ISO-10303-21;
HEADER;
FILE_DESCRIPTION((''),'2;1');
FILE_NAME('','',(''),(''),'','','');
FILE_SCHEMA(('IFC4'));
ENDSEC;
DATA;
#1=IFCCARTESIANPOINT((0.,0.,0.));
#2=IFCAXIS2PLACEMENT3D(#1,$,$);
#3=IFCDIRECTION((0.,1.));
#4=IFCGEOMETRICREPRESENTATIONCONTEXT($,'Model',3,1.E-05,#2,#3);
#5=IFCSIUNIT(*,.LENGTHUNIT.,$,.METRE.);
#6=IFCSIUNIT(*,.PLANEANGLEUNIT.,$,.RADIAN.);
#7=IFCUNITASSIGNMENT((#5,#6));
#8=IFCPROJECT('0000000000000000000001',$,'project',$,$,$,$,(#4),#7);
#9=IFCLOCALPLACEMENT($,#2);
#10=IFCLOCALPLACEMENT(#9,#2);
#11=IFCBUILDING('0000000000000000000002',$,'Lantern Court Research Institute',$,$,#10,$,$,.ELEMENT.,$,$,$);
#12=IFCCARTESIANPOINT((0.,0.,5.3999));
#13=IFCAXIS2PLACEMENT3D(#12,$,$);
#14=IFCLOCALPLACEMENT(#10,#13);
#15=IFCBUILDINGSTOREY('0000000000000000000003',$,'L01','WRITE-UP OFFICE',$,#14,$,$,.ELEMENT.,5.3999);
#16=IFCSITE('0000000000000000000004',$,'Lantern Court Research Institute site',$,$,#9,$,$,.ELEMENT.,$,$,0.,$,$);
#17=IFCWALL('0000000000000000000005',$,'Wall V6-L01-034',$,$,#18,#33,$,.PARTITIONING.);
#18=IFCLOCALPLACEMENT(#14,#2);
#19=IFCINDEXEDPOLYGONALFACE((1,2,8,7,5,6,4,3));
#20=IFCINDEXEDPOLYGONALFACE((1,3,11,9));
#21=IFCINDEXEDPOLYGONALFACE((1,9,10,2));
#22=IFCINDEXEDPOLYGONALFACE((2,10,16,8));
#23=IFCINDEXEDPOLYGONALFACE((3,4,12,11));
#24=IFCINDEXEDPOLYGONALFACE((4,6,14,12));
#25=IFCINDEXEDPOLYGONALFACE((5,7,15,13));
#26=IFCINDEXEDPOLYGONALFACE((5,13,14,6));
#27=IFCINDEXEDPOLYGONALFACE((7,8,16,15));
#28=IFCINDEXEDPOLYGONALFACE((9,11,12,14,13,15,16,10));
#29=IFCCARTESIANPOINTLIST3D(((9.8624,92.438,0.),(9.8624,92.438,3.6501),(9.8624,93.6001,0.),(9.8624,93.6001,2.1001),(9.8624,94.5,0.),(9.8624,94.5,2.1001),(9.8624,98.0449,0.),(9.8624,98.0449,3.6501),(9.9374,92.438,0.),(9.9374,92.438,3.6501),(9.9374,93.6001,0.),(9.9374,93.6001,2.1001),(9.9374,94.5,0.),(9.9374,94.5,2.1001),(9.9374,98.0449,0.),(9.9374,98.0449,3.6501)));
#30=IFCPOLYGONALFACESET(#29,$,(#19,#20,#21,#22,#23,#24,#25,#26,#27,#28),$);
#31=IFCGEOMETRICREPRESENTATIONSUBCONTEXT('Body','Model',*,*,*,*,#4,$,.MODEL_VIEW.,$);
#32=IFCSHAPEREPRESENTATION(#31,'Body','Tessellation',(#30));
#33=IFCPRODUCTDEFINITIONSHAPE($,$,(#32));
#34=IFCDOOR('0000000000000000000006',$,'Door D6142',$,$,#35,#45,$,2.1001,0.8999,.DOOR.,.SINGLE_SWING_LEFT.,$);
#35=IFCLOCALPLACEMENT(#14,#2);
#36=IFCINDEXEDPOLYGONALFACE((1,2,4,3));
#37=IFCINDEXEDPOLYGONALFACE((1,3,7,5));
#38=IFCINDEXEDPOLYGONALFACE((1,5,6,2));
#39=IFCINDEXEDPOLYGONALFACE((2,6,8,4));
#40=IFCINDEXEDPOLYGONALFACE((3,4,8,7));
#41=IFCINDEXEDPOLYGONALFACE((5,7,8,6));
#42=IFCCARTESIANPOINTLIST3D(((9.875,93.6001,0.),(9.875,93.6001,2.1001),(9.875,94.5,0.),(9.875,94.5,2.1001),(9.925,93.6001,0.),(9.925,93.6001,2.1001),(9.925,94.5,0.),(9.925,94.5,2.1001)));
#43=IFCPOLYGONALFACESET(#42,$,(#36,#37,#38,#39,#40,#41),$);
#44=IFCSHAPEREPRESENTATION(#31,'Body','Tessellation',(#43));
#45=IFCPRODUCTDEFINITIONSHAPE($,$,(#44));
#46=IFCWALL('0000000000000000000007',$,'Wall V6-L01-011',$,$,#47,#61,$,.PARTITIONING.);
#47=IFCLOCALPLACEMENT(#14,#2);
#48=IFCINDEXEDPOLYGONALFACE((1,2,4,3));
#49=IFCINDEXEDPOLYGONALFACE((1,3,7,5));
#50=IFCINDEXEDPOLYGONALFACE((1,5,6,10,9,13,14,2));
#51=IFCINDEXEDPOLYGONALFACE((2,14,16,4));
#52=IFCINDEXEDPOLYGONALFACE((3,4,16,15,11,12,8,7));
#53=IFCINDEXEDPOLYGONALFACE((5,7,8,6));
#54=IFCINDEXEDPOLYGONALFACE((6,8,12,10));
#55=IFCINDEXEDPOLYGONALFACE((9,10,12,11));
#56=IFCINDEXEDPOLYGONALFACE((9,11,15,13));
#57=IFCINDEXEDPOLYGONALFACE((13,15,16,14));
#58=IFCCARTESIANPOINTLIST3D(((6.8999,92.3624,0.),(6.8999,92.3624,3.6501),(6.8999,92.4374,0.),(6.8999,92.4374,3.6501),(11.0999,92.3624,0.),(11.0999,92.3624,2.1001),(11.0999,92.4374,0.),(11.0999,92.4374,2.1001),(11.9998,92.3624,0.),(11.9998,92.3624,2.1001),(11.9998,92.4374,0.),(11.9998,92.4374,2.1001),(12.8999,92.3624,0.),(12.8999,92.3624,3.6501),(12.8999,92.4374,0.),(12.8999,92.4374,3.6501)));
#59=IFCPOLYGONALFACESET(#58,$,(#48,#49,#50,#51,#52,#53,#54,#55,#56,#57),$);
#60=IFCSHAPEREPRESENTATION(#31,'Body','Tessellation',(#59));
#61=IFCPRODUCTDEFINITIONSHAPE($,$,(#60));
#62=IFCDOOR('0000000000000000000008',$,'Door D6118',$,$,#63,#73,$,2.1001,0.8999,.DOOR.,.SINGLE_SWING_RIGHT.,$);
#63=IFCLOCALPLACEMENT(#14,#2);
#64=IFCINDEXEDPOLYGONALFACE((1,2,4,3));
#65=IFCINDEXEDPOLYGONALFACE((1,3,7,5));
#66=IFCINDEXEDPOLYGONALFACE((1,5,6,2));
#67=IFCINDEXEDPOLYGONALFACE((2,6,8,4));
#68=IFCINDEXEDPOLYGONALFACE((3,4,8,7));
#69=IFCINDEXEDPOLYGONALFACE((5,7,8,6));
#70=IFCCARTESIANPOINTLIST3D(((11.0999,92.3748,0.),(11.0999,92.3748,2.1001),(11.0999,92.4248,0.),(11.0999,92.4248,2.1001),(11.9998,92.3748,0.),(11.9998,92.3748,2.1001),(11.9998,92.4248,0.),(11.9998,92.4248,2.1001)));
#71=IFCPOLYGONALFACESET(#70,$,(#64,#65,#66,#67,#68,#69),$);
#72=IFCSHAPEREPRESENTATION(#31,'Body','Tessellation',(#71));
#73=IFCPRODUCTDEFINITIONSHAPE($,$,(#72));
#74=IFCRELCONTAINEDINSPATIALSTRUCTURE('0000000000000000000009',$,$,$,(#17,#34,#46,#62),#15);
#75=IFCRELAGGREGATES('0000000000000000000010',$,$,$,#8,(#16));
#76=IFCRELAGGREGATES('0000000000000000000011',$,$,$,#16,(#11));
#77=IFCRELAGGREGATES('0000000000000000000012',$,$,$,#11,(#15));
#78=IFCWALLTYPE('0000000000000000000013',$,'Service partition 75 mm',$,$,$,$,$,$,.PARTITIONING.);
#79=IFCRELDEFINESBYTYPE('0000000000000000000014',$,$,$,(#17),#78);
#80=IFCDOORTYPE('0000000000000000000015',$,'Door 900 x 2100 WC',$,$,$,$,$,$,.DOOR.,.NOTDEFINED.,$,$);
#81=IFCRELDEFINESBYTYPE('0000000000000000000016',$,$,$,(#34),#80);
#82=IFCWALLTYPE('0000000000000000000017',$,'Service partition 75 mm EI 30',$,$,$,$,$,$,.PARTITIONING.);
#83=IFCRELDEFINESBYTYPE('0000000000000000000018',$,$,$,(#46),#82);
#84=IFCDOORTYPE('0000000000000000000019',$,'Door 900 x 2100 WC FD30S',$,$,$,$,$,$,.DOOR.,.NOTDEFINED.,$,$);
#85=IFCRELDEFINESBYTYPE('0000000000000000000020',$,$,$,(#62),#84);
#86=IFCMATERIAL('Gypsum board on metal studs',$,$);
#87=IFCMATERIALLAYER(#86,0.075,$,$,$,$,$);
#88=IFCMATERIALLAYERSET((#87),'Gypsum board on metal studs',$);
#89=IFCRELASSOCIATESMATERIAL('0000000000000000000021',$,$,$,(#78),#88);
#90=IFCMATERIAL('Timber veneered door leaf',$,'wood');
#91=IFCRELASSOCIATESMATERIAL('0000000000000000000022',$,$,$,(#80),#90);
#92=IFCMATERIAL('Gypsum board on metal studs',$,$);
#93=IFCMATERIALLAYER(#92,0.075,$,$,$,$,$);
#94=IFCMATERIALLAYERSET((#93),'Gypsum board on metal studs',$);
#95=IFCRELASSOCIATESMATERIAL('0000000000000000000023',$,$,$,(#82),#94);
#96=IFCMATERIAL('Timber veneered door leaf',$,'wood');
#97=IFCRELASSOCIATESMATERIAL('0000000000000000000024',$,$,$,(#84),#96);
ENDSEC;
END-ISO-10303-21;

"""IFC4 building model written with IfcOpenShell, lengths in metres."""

from ifc_helpers import new_model, si_unit, direction, frame, frame_2d, origin, place, context, subcontext, project, spatial, rectangle, extrude, material, layer, layer_set, type_object, element, fill, save


model = new_model("IFC4")

# Units and contexts
model_context = context("Model", 3, precision=1e-05, world=origin(), true_north=direction((0.0, 1.0)))
body_context = subcontext(model_context, "Body", "Model", "MODEL_VIEW")
ifc_project = project(units=[si_unit("LENGTHUNIT", "METRE"), si_unit("PLANEANGLEUNIT", "RADIAN")], contexts=[model_context])

# Site, building, storey
site_placement = place(None, origin())
site = spatial("IfcSite", under=ifc_project, at=site_placement, Name="Lantern Court Research Institute site", CompositionType="ELEMENT", RefElevation=0.0)
building_placement = place(site_placement, origin())
building = spatial("IfcBuilding", under=site, at=building_placement, Name="Lantern Court Research Institute", CompositionType="ELEMENT")
storey_placement = place(building_placement, frame((0.0, 0.0, 5.3999)))
storey = spatial("IfcBuildingStorey", under=building, at=storey_placement, Name="L01", Description="WRITE-UP OFFICE", CompositionType="ELEMENT", Elevation=5.3999)

# Walls, openings, doors
ifc_material_1 = material(Name="Gypsum board on metal studs")
ifc_layer_1 = layer(ifc_material_1, 0.075)
ifc_layer_set_1 = layer_set([ifc_layer_1], Name="Gypsum board on metal studs")
wall_type_1 = type_object("IfcWallType", Name="Service partition 75 mm", PredefinedType="PARTITIONING", material=ifc_layer_set_1)
wall_1_placement = place(storey_placement, frame((9.8999, 92.438, 0.0), z_axis=(0.0, 0.0, 1.0), x_axis=(0.0, 1.0, 0.0)))
wall_1 = element("IfcWall", 1, at=wall_1_placement, inside=storey, type_object=wall_type_1, Name="Wall V6-L01-034", PredefinedType="PARTITIONING", context=body_context, shape_type="SweptSolid", body=[
    extrude(rectangle(XDim=5.6069, YDim=0.075, at=frame_2d((2.8035, 0.0))), origin(), (0.0, 0.0, 1.0), 3.6501),
])
opening_1_placement = place(wall_1_placement, frame((1.1621, 0.0, 0.0)))
opening_1 = element("IfcOpeningElement", 2, at=opening_1_placement, cuts=wall_1, PredefinedType="OPENING", context=body_context, shape_type="SweptSolid", body=[
    extrude(rectangle(XDim=0.8999, YDim=2.1001, at=frame_2d((0.45, 1.05))), frame((0.0, 0.0474, 0.0), z_axis=(0.0, -1.0, 0.0), x_axis=(1.0, 0.0, 0.0)), (0.0, 0.0, 1.0), 0.095),
])
ifc_material_2 = material(Name="Timber veneered door leaf", Category="wood")
door_type_1 = type_object("IfcDoorType", Name="Door 900 x 2100 WC", OperationType="NOTDEFINED", PredefinedType="DOOR", material=ifc_material_2)
door_1_placement = place(opening_1_placement, origin())
door_1 = element("IfcDoor", 3, at=door_1_placement, inside=storey, type_object=door_type_1, Name="Door D6142", OperationType="SINGLE_SWING_LEFT", OverallHeight=2.1001, OverallWidth=0.8999, PredefinedType="DOOR", context=body_context, shape_type="SweptSolid", body=[
    extrude(rectangle(XDim=0.8999, YDim=2.1001, at=frame_2d((0.45, 1.05))), frame((0.0, 0.0249, 0.0), z_axis=(0.0, -1.0, 0.0), x_axis=(1.0, 0.0, 0.0)), (0.0, 0.0, 1.0), 0.05),
])
fill(opening_1, door_1)
ifc_material_3 = material(Name="Gypsum board on metal studs")
ifc_layer_2 = layer(ifc_material_3, 0.075)
ifc_layer_set_2 = layer_set([ifc_layer_2], Name="Gypsum board on metal studs")
wall_type_2 = type_object("IfcWallType", Name="Service partition 75 mm EI 30", PredefinedType="PARTITIONING", material=ifc_layer_set_2)
wall_2_placement = place(storey_placement, frame((6.8999, 92.3999, 0.0), z_axis=(0.0, 0.0, 1.0), x_axis=(1.0, 0.0, 0.0)))
wall_2 = element("IfcWall", 4, at=wall_2_placement, inside=storey, type_object=wall_type_2, Name="Wall V6-L01-011", PredefinedType="PARTITIONING", context=body_context, shape_type="SweptSolid", body=[
    extrude(rectangle(XDim=6.0, YDim=0.075, at=frame_2d((3.0, 0.0))), origin(), (0.0, 0.0, 1.0), 3.6501),
])
opening_2_placement = place(wall_2_placement, frame((4.2, 0.0, 0.0)))
opening_2 = element("IfcOpeningElement", 5, at=opening_2_placement, cuts=wall_2, PredefinedType="OPENING", context=body_context, shape_type="SweptSolid", body=[
    extrude(rectangle(XDim=0.8999, YDim=2.1001, at=frame_2d((0.45, 1.05))), frame((0.0, 0.0474, 0.0), z_axis=(0.0, -1.0, 0.0), x_axis=(1.0, 0.0, 0.0)), (0.0, 0.0, 1.0), 0.095),
])
ifc_material_4 = material(Name="Timber veneered door leaf", Category="wood")
door_type_2 = type_object("IfcDoorType", Name="Door 900 x 2100 WC FD30S", OperationType="NOTDEFINED", PredefinedType="DOOR", material=ifc_material_4)
door_2_placement = place(opening_2_placement, origin())
door_2 = element("IfcDoor", 6, at=door_2_placement, inside=storey, type_object=door_type_2, Name="Door D6118", OperationType="SINGLE_SWING_RIGHT", OverallHeight=2.1001, OverallWidth=0.8999, PredefinedType="DOOR", context=body_context, shape_type="SweptSolid", body=[
    extrude(rectangle(XDim=0.8999, YDim=2.1001, at=frame_2d((0.45, 1.05))), frame((0.0, 0.0249, 0.0), z_axis=(0.0, -1.0, 0.0), x_axis=(1.0, 0.0, 0.0)), (0.0, 0.0, 1.0), 0.05),
])
fill(opening_2, door_2)

save(model, "model.ifc")
